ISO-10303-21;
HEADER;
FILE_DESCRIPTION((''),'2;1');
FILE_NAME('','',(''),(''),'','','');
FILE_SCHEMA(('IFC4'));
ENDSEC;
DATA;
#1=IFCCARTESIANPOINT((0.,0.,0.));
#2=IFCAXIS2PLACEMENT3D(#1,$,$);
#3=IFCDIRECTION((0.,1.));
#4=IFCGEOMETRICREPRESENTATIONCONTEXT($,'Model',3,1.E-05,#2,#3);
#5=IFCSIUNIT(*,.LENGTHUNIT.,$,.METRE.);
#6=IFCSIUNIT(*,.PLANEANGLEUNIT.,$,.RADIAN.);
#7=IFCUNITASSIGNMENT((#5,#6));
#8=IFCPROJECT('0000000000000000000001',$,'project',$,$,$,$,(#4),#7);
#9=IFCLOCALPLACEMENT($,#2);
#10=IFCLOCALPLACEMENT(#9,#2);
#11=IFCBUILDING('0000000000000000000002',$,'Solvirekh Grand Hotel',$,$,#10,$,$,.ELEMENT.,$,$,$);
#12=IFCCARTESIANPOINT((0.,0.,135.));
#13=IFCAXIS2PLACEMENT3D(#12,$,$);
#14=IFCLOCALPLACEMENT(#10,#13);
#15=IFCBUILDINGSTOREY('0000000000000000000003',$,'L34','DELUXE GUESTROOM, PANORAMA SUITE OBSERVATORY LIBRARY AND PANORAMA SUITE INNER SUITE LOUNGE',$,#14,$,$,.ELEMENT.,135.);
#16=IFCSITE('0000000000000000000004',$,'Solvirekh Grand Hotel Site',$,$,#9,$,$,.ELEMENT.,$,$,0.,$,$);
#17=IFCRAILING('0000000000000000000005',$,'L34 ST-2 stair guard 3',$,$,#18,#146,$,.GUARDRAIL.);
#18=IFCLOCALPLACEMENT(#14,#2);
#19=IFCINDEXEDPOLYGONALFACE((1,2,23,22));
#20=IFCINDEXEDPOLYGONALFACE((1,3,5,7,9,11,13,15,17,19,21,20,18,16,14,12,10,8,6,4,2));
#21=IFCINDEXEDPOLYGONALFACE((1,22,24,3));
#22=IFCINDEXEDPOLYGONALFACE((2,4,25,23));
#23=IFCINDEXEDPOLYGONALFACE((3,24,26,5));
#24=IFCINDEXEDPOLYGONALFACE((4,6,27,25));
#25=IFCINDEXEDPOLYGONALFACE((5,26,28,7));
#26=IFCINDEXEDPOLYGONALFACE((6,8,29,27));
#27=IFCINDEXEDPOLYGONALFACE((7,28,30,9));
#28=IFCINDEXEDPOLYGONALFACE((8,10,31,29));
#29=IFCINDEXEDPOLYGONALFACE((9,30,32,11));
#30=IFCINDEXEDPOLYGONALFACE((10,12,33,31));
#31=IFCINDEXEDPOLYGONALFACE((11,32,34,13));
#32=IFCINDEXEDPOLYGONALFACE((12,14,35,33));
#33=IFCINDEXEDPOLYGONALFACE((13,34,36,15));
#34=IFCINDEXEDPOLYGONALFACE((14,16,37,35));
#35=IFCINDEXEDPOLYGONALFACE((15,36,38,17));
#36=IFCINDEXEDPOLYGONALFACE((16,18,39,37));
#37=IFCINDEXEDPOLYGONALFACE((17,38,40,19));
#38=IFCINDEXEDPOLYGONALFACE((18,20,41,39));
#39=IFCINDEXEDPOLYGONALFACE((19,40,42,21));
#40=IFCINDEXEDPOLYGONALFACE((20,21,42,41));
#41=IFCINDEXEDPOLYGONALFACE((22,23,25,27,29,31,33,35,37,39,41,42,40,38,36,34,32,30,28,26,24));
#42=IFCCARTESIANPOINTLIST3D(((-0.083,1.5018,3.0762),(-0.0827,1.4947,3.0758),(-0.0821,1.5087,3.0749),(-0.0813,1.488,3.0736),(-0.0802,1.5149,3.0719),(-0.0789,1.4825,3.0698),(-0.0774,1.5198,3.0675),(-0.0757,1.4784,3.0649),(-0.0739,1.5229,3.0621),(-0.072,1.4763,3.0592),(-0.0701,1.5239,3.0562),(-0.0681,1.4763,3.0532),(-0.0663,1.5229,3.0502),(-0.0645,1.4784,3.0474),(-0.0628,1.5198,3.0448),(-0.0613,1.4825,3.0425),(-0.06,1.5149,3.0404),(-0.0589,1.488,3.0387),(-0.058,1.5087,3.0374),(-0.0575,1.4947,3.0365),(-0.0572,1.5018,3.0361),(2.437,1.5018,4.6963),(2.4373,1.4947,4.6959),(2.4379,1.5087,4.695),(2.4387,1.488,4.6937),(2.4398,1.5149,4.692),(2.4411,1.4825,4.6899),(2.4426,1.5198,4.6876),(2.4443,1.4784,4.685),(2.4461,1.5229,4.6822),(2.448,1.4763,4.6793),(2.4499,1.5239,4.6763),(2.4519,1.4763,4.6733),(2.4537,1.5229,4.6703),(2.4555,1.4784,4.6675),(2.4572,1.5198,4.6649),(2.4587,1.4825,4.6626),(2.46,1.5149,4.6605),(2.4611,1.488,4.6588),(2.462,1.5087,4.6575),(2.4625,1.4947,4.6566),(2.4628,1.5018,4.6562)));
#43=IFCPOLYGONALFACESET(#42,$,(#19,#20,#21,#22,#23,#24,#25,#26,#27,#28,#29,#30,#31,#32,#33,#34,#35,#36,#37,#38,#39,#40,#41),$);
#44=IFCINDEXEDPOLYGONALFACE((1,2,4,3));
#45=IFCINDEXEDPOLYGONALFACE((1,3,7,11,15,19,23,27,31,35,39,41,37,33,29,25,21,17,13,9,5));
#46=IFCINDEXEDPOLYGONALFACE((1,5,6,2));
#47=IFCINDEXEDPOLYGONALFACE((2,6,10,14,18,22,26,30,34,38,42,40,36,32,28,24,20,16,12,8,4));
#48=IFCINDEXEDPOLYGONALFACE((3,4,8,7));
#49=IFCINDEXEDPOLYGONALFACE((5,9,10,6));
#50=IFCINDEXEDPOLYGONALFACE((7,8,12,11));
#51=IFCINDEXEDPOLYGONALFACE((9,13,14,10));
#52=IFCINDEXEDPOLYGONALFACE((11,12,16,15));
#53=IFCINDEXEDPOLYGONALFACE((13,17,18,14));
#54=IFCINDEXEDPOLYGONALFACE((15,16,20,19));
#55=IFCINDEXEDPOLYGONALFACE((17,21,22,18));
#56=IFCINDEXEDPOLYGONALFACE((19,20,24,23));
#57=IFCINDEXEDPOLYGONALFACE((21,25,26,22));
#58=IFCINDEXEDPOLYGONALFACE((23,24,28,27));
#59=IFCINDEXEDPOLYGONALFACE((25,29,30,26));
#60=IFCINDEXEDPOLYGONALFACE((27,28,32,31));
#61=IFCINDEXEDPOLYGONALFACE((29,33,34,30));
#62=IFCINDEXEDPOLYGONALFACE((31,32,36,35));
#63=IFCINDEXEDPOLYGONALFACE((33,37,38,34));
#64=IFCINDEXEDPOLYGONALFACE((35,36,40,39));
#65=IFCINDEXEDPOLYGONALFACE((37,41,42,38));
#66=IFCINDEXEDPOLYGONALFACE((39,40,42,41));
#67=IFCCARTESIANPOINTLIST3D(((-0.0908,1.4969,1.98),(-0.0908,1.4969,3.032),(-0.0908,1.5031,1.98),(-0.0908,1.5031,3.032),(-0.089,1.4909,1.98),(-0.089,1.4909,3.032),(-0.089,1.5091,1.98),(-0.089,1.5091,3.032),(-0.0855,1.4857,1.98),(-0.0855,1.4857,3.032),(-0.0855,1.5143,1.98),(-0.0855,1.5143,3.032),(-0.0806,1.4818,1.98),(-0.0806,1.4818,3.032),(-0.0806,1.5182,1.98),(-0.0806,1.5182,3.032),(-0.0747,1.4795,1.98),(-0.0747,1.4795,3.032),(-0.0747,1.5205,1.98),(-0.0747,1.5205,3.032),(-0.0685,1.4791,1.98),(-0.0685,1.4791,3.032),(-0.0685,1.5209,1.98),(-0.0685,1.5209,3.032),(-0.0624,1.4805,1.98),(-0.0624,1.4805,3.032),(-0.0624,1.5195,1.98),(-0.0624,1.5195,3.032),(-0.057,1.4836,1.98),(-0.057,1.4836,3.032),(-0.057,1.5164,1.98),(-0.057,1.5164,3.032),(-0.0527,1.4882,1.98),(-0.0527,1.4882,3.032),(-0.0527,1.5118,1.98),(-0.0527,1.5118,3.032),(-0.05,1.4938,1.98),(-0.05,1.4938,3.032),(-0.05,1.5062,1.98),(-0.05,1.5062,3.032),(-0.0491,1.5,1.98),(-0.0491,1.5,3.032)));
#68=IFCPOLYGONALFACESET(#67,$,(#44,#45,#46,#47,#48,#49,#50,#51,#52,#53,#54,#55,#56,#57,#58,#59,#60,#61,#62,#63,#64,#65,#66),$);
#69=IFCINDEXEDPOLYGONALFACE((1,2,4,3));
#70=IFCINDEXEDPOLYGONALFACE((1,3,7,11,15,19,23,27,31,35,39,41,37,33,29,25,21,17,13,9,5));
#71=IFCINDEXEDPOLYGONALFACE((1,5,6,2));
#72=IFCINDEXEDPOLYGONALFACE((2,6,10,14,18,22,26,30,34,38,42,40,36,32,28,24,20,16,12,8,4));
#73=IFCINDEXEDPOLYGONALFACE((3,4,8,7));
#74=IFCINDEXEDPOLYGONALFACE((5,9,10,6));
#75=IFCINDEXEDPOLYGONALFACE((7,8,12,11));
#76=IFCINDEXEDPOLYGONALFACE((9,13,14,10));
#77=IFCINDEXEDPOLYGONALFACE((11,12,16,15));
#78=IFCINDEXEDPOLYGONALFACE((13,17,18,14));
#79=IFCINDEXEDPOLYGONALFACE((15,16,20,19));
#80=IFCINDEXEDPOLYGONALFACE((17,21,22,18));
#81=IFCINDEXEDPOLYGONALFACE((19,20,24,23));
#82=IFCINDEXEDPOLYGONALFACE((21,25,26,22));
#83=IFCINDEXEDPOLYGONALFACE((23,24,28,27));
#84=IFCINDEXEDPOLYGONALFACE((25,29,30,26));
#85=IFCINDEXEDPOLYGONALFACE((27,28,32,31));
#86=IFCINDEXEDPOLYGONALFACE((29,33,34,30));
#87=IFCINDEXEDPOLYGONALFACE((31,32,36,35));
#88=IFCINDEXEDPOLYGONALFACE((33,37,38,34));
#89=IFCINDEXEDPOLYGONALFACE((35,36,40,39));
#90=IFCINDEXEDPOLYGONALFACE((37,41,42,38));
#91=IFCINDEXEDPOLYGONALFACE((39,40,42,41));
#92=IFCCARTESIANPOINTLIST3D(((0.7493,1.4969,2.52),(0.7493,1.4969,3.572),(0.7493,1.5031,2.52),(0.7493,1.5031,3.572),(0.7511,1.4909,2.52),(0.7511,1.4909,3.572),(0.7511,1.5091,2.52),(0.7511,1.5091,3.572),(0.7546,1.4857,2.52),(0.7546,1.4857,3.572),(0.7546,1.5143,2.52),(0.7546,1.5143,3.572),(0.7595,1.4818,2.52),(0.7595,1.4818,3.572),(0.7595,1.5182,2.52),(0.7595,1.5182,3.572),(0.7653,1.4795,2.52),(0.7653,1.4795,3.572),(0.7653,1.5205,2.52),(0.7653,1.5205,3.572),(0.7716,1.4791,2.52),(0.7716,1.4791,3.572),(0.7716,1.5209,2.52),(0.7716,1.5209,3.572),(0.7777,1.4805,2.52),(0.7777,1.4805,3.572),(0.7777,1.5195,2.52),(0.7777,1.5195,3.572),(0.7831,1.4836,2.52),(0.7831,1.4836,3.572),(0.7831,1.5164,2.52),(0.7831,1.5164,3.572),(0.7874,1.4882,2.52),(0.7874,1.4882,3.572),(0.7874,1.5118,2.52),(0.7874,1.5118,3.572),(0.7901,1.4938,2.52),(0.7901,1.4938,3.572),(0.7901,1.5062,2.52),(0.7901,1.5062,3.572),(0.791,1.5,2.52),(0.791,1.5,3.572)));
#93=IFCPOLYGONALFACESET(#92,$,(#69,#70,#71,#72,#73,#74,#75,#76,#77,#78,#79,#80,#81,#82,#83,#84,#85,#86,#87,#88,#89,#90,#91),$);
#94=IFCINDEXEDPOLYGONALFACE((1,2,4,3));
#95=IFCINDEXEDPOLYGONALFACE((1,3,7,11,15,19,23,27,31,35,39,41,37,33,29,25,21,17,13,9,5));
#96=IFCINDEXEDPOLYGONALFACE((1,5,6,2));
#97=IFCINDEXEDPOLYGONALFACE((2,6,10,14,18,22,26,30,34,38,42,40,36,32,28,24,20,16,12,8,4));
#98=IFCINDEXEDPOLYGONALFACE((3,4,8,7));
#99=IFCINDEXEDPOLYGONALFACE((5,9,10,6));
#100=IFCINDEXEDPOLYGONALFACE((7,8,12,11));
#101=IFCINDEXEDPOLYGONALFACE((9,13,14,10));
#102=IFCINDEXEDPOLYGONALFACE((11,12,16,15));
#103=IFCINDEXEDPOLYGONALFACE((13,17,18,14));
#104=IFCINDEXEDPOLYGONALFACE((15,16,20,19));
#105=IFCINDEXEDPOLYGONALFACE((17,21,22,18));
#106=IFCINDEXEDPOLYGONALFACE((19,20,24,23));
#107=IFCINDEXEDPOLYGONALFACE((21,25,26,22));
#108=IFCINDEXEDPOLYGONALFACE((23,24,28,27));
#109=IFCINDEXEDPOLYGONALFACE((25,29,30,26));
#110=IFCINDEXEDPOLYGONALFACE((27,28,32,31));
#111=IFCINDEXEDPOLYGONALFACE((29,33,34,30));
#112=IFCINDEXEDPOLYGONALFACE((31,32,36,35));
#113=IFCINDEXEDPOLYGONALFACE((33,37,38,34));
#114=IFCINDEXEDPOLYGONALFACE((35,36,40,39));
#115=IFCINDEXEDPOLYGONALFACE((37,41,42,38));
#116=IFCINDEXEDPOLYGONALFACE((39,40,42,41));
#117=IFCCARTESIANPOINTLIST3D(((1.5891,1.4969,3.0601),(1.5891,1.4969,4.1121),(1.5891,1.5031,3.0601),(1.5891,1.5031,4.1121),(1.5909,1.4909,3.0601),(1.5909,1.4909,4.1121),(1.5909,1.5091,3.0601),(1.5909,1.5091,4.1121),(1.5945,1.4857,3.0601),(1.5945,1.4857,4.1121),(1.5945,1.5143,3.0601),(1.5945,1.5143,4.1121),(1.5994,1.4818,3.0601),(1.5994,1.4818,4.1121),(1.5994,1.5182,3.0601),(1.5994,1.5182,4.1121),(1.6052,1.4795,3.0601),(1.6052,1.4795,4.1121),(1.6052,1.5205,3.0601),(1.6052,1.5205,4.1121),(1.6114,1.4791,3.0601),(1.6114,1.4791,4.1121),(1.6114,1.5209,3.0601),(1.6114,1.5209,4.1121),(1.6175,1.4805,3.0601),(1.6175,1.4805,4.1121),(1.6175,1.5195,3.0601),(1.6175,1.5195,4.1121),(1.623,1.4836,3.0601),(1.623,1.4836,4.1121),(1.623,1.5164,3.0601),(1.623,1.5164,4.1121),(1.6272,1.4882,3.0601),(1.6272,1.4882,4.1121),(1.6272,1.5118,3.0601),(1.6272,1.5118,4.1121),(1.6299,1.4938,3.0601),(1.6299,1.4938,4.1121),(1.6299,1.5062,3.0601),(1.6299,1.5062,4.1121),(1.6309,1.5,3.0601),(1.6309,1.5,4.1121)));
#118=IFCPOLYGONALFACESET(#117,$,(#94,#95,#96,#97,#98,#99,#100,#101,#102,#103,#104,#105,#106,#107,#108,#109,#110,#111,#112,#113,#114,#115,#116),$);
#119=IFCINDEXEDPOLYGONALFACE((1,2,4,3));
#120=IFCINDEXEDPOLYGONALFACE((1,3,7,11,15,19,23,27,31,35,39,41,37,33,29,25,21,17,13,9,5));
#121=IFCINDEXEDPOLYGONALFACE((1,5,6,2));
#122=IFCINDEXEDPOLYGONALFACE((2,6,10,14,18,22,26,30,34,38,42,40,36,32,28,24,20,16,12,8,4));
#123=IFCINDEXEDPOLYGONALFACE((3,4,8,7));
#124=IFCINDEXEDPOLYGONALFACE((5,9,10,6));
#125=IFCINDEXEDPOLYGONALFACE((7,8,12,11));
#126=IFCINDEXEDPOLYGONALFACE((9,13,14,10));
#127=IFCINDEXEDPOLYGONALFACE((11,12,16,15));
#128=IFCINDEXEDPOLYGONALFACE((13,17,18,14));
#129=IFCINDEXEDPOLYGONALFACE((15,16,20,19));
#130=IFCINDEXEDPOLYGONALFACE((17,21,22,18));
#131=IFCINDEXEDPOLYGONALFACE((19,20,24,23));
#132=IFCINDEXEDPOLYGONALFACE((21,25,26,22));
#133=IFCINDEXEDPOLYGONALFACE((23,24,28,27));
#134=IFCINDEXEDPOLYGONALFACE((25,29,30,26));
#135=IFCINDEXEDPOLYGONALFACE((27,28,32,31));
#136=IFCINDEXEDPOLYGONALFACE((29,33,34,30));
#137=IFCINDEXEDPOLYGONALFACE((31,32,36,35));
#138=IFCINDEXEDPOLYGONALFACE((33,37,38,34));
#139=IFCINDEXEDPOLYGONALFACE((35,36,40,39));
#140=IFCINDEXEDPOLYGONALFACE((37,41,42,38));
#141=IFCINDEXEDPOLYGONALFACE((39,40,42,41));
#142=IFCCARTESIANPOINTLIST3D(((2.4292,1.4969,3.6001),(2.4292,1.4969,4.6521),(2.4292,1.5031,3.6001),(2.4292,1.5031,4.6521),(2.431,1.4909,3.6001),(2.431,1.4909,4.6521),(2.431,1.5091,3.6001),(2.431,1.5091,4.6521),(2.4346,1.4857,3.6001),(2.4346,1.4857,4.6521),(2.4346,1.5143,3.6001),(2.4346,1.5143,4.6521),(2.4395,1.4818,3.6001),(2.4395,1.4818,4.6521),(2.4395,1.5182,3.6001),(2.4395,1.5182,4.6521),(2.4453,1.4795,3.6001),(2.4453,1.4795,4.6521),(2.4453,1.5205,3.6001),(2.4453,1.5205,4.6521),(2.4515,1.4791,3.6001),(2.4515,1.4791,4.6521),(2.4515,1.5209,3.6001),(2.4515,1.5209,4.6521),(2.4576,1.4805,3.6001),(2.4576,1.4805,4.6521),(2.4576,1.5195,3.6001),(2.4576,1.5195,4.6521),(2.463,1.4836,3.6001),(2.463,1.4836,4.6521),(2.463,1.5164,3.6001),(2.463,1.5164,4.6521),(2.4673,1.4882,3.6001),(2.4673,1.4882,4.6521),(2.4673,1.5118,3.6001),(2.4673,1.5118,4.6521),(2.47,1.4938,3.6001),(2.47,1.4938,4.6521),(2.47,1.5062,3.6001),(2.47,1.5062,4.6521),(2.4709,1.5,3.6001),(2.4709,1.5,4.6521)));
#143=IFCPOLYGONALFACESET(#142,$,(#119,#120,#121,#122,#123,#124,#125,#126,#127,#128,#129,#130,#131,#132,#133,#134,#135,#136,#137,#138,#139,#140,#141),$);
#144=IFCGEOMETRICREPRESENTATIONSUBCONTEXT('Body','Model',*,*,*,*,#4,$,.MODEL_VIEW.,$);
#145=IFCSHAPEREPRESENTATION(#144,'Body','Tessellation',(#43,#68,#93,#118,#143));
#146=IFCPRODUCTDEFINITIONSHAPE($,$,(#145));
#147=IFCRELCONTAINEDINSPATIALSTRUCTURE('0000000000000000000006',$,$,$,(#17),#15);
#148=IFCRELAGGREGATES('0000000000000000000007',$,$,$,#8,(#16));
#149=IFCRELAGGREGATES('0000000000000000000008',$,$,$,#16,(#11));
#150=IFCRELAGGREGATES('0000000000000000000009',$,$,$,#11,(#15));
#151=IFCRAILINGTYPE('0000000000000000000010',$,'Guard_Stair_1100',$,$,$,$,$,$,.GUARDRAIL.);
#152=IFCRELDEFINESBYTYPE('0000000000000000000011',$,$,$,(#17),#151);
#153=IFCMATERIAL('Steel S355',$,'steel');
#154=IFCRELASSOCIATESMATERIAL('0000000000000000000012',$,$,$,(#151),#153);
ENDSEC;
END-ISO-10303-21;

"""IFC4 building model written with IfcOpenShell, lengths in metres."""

from ifc_helpers import new_model, si_unit, direction, frame, origin, origin_2d, place, context, subcontext, project, spatial, circle, extrude, material, type_object, element, save


model = new_model("IFC4")

# Units and contexts
model_context = context("Model", 3, precision=1e-05, world=origin(), true_north=direction((0.0, 1.0)))
body_context = subcontext(model_context, "Body", "Model", "MODEL_VIEW")
ifc_project = project(units=[si_unit("LENGTHUNIT", "METRE"), si_unit("PLANEANGLEUNIT", "RADIAN")], contexts=[model_context])

# Site, building, storey
site_placement = place(None, origin())
site = spatial("IfcSite", under=ifc_project, at=site_placement, Name="Solvirekh Grand Hotel Site", CompositionType="ELEMENT", RefElevation=0.0)
building_placement = place(site_placement, origin())
building = spatial("IfcBuilding", under=site, at=building_placement, Name="Solvirekh Grand Hotel", CompositionType="ELEMENT")
storey_placement = place(building_placement, frame((0.0, 0.0, 135.0)))
storey = spatial("IfcBuildingStorey", under=building, at=storey_placement, Name="L34", Description="DELUXE GUESTROOM, PANORAMA SUITE OBSERVATORY LIBRARY AND PANORAMA SUITE INNER SUITE LOUNGE", CompositionType="ELEMENT", Elevation=135.0)

# Shared definitions
ifc_material_1 = material(Name="Steel S355", Category="steel")

# Railing
railing_type_1 = type_object("IfcRailingType", Name="Guard_Stair_1100", PredefinedType="GUARDRAIL", material=ifc_material_1)
railing_1_placement = place(storey_placement, frame((-0.0701, 1.5, 1.98)))
element("IfcRailing", 1, at=railing_1_placement, inside=storey, type_object=railing_type_1, Name="L34 ST-2 stair guard 3", PredefinedType="GUARDRAIL", context=body_context, shape_type="SweptSolid", body=[
    extrude(circle(Radius=0.0239, at=origin_2d()), frame((0.0, 0.0, 1.0762), z_axis=(0.841163, 0.0, 0.540782), x_axis=(0.0, 1.0, 0.0)), (0.0, 0.0, 1.0), 2.9958),
    extrude(circle(Radius=0.021, at=origin_2d()), origin(), (0.0, 0.0, 1.0), 1.052),
    extrude(circle(Radius=0.021, at=origin_2d()), frame((0.8401, 0.0, 0.54)), (0.0, 0.0, 1.0), 1.052),
    extrude(circle(Radius=0.021, at=origin_2d()), frame((1.6799, 0.0, 1.0801)), (0.0, 0.0, 1.0), 1.052),
    extrude(circle(Radius=0.021, at=origin_2d()), frame((2.52, 0.0, 1.6201)), (0.0, 0.0, 1.0), 1.052),
])

save(model, "model.ifc")
